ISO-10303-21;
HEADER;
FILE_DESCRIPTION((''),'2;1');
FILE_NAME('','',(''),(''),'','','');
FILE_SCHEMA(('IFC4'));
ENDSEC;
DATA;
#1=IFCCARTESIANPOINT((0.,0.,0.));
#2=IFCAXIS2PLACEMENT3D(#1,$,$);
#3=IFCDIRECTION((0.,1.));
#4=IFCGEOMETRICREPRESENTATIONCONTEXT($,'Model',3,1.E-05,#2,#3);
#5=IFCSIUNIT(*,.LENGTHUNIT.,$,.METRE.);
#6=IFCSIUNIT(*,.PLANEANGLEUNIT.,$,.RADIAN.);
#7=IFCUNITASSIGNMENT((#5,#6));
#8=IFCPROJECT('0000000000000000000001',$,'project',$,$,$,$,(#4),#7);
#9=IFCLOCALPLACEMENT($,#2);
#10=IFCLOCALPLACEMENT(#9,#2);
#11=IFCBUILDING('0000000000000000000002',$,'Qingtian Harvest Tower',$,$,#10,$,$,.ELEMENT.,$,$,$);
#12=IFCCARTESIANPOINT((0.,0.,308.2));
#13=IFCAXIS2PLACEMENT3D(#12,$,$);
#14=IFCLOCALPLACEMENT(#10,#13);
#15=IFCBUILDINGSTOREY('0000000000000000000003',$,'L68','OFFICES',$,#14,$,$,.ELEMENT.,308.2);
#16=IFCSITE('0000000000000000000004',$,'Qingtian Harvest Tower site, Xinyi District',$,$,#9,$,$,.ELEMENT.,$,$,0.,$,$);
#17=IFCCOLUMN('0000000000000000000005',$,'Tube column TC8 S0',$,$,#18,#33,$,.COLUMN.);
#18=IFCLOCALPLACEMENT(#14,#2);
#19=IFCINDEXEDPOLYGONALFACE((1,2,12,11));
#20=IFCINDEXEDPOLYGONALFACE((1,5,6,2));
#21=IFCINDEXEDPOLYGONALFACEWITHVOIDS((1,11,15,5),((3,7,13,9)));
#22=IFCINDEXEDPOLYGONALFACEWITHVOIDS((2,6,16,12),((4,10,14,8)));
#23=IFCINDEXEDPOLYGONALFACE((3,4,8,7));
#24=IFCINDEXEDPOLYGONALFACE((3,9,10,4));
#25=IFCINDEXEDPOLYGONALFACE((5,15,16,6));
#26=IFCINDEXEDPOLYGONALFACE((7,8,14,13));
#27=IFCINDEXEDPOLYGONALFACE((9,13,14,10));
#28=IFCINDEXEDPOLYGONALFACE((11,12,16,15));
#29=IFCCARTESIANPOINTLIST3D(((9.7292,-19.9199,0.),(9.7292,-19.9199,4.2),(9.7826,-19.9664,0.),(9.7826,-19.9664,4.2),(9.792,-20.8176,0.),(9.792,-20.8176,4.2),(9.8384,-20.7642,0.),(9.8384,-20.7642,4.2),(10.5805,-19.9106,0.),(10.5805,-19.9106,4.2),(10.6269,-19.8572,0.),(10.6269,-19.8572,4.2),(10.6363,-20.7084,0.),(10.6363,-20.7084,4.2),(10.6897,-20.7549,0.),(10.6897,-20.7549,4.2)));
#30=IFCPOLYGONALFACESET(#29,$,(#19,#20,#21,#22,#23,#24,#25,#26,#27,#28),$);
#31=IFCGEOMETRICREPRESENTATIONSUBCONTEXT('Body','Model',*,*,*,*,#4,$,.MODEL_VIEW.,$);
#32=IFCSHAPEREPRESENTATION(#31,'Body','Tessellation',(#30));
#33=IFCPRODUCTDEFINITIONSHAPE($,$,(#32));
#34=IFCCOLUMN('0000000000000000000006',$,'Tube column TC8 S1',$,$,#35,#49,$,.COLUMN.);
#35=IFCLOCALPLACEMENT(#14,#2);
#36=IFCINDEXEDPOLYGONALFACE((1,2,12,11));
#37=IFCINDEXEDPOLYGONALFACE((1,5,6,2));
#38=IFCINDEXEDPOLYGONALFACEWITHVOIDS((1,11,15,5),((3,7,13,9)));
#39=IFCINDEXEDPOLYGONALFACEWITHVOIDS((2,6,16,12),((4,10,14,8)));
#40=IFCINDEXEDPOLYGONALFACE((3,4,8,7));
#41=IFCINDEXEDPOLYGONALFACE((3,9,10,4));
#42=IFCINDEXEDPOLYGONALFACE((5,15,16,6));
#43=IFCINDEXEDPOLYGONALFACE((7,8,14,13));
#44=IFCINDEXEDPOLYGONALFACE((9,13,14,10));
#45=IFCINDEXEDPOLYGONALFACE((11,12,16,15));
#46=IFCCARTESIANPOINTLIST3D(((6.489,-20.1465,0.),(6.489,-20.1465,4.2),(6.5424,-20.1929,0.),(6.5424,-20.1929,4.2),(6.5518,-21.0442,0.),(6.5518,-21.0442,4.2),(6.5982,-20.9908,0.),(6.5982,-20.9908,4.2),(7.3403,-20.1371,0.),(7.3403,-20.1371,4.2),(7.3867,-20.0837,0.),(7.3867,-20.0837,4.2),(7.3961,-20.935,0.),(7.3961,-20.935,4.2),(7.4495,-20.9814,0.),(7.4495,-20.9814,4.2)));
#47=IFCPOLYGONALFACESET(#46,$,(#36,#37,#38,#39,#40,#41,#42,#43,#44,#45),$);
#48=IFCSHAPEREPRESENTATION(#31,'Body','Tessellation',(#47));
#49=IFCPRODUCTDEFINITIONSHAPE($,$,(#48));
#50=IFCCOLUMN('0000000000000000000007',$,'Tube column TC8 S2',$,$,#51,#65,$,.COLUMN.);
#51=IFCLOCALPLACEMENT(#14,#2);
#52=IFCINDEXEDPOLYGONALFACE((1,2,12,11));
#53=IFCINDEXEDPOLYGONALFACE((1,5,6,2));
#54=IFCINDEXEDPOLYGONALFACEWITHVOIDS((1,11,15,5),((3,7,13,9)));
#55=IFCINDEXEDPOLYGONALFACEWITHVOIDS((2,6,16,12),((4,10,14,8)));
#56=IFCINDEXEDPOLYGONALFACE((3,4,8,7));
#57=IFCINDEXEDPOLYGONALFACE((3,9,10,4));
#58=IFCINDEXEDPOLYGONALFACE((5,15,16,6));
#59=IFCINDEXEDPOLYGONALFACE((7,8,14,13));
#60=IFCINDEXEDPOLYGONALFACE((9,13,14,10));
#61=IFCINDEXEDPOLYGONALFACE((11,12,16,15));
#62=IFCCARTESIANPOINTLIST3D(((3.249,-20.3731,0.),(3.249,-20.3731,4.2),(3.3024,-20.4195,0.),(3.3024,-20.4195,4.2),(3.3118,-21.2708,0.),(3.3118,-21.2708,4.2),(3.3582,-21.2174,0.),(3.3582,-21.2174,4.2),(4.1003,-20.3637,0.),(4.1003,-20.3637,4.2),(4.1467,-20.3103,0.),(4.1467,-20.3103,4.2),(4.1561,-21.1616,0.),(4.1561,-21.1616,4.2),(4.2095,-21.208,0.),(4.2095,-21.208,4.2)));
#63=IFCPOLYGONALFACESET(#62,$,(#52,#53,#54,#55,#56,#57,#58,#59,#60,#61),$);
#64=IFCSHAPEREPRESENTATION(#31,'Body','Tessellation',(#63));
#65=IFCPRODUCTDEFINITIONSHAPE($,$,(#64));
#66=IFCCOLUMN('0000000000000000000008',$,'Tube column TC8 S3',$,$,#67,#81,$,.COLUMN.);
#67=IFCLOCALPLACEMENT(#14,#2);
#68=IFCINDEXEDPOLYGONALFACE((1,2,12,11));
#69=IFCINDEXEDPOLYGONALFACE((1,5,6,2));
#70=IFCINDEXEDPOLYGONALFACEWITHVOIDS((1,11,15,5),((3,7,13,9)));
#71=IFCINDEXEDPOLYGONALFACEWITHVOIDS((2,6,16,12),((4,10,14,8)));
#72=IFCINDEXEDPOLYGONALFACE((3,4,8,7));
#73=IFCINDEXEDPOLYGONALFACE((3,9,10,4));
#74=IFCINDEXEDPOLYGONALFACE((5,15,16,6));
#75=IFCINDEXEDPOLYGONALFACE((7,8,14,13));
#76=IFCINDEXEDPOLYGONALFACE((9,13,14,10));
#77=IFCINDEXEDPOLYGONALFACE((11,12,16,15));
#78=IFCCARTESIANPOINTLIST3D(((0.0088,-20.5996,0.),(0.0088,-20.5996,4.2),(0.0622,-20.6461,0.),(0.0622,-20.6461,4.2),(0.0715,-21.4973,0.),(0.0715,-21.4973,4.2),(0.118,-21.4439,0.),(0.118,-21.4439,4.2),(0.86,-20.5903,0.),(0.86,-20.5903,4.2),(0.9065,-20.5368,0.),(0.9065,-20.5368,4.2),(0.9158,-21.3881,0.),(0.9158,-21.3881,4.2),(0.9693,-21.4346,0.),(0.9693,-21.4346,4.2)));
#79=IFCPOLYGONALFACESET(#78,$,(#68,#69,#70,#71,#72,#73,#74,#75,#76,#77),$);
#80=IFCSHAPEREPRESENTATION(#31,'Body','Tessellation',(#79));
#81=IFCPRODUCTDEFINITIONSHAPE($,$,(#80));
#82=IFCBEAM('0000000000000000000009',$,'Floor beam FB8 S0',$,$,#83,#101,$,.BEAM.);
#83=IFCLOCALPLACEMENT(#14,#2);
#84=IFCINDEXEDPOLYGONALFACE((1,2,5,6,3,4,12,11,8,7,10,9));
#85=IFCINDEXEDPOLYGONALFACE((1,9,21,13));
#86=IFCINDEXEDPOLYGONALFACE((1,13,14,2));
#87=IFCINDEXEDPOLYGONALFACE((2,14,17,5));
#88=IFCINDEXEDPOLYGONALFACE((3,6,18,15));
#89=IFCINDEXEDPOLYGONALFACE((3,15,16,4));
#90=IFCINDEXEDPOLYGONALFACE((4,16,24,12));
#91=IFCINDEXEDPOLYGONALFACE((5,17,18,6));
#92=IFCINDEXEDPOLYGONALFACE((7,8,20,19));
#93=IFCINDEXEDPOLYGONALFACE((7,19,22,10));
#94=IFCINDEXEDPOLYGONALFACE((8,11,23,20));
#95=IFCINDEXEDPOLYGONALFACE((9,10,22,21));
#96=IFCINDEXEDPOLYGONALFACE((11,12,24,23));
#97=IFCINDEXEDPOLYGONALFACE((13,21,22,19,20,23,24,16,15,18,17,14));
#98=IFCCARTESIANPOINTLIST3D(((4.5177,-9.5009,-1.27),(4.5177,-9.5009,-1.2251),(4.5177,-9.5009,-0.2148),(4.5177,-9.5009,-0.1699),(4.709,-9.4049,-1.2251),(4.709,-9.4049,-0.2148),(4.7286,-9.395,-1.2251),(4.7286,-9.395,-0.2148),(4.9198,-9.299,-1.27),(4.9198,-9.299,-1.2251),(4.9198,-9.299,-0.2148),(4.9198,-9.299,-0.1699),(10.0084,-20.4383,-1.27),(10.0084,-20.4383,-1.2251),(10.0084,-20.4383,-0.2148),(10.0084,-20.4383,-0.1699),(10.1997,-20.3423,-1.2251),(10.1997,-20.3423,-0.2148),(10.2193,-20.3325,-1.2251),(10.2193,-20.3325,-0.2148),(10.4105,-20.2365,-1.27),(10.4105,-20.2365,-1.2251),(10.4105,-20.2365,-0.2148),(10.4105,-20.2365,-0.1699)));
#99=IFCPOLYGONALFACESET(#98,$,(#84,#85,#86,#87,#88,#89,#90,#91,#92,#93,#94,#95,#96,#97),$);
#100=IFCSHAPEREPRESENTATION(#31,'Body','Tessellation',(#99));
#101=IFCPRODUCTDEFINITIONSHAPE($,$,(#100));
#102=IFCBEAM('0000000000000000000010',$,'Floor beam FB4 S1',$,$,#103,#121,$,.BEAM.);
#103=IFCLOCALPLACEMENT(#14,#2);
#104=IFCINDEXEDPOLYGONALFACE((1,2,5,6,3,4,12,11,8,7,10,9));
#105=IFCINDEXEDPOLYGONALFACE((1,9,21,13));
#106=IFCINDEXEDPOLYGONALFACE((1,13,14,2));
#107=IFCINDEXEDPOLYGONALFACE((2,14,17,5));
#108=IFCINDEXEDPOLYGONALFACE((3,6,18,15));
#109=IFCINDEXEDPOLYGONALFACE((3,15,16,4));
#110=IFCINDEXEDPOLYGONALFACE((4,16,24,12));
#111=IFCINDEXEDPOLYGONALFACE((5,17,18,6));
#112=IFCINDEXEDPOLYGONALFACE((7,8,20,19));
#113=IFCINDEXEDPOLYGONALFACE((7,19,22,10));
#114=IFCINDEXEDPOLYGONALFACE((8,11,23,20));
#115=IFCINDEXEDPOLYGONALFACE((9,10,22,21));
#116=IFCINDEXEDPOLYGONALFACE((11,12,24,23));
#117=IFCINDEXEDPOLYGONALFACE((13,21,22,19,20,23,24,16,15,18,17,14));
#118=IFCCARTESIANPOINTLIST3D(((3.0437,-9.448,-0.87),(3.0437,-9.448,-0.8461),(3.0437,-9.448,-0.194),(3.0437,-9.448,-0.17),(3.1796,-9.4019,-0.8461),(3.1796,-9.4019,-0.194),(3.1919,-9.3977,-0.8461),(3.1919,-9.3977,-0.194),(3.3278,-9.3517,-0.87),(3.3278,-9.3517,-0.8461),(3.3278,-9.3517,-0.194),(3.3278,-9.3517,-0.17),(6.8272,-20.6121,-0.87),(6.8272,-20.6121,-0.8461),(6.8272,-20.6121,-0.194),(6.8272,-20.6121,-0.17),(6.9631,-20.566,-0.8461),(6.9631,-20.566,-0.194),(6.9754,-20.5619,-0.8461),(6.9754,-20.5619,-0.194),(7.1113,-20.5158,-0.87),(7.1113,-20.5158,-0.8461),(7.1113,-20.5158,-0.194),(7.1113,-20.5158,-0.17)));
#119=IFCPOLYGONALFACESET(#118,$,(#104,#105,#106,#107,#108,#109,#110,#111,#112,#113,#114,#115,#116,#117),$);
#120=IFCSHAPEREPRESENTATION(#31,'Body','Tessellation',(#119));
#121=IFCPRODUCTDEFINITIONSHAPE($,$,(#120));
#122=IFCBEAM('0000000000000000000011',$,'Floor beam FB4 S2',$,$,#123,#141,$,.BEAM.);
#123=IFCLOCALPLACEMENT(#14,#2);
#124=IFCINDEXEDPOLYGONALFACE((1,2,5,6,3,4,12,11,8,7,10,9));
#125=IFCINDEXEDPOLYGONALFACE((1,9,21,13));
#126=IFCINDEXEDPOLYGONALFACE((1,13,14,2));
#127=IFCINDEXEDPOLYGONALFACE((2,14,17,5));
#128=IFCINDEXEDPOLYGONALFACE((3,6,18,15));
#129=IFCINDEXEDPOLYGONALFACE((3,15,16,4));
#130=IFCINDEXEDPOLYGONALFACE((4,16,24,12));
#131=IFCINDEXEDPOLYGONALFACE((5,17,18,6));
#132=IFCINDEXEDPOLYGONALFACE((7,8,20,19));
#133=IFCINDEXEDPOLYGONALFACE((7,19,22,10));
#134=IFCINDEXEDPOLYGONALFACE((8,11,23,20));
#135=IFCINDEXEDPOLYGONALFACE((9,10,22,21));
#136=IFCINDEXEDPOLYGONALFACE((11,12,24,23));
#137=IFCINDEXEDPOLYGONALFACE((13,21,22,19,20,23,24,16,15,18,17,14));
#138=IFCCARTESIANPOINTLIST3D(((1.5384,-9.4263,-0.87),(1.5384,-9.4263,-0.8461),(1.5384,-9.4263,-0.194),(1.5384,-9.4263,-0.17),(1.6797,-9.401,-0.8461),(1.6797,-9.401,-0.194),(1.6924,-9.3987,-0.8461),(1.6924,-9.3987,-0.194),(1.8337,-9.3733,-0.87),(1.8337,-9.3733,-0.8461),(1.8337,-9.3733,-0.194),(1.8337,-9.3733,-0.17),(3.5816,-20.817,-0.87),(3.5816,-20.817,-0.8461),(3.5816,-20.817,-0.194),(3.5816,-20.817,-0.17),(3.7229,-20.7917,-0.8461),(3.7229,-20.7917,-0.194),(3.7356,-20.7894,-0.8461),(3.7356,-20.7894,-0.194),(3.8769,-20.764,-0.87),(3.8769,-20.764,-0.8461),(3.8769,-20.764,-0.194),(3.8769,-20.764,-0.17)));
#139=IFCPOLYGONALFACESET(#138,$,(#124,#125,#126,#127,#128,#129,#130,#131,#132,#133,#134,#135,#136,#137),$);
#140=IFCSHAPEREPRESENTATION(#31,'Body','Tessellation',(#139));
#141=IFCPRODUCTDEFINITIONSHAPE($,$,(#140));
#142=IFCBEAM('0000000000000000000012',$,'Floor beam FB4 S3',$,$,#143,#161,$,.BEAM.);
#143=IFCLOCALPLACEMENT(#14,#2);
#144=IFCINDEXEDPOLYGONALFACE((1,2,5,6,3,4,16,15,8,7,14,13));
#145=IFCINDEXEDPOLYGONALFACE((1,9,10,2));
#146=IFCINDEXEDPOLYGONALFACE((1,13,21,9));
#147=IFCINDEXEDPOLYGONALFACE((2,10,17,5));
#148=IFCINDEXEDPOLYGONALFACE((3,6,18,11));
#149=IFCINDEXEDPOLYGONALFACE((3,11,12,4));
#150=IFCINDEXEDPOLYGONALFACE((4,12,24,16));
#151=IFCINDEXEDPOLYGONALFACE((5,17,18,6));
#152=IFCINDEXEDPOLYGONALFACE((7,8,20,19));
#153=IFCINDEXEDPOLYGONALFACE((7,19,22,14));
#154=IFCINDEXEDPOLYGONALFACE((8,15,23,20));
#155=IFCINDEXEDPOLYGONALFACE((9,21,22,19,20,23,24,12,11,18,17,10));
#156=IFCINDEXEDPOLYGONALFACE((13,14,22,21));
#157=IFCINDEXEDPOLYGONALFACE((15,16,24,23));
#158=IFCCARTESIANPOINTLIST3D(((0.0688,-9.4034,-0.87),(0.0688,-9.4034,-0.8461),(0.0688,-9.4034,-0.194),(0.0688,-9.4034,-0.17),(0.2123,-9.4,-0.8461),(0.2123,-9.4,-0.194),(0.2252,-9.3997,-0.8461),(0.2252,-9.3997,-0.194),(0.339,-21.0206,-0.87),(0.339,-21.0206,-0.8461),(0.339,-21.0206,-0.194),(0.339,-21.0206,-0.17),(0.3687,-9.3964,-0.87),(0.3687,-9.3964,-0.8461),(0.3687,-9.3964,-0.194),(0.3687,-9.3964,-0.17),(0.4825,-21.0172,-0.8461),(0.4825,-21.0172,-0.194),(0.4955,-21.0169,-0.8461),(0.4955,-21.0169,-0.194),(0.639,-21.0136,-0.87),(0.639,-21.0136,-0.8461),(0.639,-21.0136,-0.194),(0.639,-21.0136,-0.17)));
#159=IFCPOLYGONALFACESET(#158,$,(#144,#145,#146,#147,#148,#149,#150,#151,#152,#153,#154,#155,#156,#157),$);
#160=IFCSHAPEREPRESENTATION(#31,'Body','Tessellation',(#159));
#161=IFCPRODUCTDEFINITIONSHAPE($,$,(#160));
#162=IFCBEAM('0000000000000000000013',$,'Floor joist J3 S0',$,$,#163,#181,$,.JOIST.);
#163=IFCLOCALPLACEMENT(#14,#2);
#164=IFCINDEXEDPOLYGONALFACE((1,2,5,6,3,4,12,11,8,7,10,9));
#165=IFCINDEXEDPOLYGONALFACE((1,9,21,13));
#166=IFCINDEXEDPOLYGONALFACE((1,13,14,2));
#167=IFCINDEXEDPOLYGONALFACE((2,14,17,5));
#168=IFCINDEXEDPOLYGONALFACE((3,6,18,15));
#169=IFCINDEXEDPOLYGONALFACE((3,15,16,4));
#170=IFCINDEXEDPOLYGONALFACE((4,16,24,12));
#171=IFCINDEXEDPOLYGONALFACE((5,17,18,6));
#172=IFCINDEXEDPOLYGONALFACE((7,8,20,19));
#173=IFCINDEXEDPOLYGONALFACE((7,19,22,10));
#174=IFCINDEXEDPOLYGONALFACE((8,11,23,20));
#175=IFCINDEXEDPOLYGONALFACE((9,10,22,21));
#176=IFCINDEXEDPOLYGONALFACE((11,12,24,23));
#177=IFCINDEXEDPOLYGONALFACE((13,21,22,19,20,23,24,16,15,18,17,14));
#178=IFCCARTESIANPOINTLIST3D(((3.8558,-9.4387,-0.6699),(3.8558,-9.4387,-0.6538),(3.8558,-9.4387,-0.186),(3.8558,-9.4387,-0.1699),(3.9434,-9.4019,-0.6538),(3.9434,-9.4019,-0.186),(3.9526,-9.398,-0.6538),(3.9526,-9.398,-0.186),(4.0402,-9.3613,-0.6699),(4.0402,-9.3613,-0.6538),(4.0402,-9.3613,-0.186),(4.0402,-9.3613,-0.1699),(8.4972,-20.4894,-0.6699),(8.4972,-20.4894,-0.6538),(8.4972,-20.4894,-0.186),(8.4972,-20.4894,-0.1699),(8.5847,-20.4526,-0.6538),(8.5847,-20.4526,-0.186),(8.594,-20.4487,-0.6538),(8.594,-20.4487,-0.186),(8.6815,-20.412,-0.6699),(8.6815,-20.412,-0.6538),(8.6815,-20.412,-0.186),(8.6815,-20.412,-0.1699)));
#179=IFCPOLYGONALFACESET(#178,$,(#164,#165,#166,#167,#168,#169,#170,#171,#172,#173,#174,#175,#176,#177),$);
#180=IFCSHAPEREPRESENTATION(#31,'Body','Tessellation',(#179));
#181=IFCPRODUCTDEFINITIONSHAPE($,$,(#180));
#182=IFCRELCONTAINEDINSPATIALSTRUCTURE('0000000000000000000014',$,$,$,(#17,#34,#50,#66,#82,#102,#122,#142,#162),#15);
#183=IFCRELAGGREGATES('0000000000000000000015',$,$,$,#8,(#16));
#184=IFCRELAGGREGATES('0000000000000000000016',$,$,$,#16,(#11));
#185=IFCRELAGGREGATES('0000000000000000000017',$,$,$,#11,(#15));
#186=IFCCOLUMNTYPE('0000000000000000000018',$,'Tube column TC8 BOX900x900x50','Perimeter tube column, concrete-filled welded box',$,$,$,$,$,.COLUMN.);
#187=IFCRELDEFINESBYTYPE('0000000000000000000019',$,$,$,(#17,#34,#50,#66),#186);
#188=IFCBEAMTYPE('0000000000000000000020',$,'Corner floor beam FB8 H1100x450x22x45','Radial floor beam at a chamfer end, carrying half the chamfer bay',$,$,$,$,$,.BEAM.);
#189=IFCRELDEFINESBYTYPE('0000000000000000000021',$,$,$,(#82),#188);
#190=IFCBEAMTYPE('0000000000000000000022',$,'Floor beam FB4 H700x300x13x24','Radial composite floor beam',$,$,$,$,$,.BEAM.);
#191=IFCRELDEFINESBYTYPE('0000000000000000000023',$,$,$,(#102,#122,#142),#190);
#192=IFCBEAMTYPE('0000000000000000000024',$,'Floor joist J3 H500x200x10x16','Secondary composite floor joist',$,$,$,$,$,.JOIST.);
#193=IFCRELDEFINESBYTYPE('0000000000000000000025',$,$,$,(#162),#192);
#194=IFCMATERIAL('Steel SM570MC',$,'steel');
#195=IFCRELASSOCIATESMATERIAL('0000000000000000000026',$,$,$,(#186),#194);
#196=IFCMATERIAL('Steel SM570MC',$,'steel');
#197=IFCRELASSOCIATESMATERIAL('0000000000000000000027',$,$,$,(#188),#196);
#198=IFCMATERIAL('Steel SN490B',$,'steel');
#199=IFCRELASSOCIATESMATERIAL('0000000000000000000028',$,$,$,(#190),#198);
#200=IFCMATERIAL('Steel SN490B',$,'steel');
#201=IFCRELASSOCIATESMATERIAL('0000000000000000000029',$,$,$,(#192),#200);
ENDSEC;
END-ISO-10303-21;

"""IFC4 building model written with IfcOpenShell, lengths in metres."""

from ifc_helpers import new_model, si_unit, direction, frame, origin, origin_2d, place, context, subcontext, project, spatial, hollow_rectangle, i_section, extrude, material, material_profile, profile_set, type_object, element, save


model = new_model("IFC4")

# Units and contexts
model_context = context("Model", 3, precision=1e-05, world=origin(), true_north=direction((0.0, 1.0)))
body_context = subcontext(model_context, "Body", "Model", "MODEL_VIEW")
ifc_project = project(units=[si_unit("LENGTHUNIT", "METRE"), si_unit("PLANEANGLEUNIT", "RADIAN")], contexts=[model_context])

# Site, building, storey
site_placement = place(None, origin())
site = spatial("IfcSite", under=ifc_project, at=site_placement, Name="Qingtian Harvest Tower site, Xinyi District", CompositionType="ELEMENT", RefElevation=0.0)
building_placement = place(site_placement, origin())
building = spatial("IfcBuilding", under=site, at=building_placement, Name="Qingtian Harvest Tower", CompositionType="ELEMENT")
storey_placement = place(building_placement, frame((0.0, 0.0, 308.2)))
storey = spatial("IfcBuildingStorey", under=building, at=storey_placement, Name="L68", Description="OFFICES", CompositionType="ELEMENT", Elevation=308.2)

# Columns
ifc_material_1 = material(Name="Steel SM570MC", Category="steel")
ifc_material_profile_1 = material_profile(ifc_material_1, hollow_rectangle(XDim=0.8999, YDim=0.8999, WallThickness=0.05, at=origin_2d()), Name="BOX900x900x50")
ifc_profile_set_1 = profile_set([ifc_material_profile_1], Name="Steel SM570MC")
column_type = type_object("IfcColumnType", Name="Tube column TC8 BOX900x900x50", Description="Perimeter tube column, concrete-filled welded box", PredefinedType="COLUMN", material=ifc_profile_set_1)
for number, where, z_axis, x_axis, name in (
    (1, (10.2095, -20.3374, 0.0), (0.0, 0.0, 1.0), (0.997564, 0.069756, 0.0), "Tube column TC8 S0"),
    (2, (6.9692, -20.564, 0.0), (0.0, 0.0, 1.0), (0.997564, 0.069756, 0.0), "Tube column TC8 S1"),
    (3, (3.7292, -20.7905, 0.0), (0.0, 0.0, 1.0), (0.997564, 0.069756, 0.0), "Tube column TC8 S2"),
    (4, (0.489, -21.0171, 0.0), (0.0, 0.0, 1.0), (0.997564, 0.069756, 0.0), "Tube column TC8 S3"),
):
    element("IfcColumn", number, at=place(storey_placement, frame(where, z_axis=z_axis, x_axis=x_axis)), inside=storey, type_object=column_type, Name=name, PredefinedType="COLUMN", context=body_context, shape_type="SweptSolid", body=[
        extrude(hollow_rectangle(XDim=0.8999, YDim=0.8999, WallThickness=0.05, at=origin_2d()), origin(), (0.0, 0.0, 1.0), 4.2),
    ])

# Beams
ifc_material_2 = material(Name="Steel SM570MC", Category="steel")
ifc_material_profile_2 = material_profile(ifc_material_2, i_section(OverallWidth=0.45, OverallDepth=1.1001, WebThickness=0.022, FlangeThickness=0.0449, at=origin_2d()), Name="H1100x450x22x45")
ifc_profile_set_2 = profile_set([ifc_material_profile_2], Name="Steel SM570MC")
beam_type_1 = type_object("IfcBeamType", Name="Corner floor beam FB8 H1100x450x22x45", Description="Radial floor beam at a chamfer end, carrying half the chamfer bay", PredefinedType="BEAM", material=ifc_profile_set_2)
beam_1_placement = place(storey_placement, frame((10.2095, -20.3374, -0.72), z_axis=(-0.448649, 0.893708, 0.0), x_axis=(-0.893708, -0.448649, 0.0)))
element("IfcBeam", 5, at=beam_1_placement, inside=storey, type_object=beam_type_1, Name="Floor beam FB8 S0", PredefinedType="BEAM", context=body_context, shape_type="SweptSolid", body=[
    extrude(i_section(OverallWidth=0.45, OverallDepth=1.1001, WebThickness=0.022, FlangeThickness=0.0449, at=origin_2d()), origin(), (0.0, 0.0, 1.0), 12.2383),
])
ifc_material_3 = material(Name="Steel SN490B", Category="steel")
ifc_material_profile_3 = material_profile(ifc_material_3, i_section(OverallWidth=0.3, OverallDepth=0.7, WebThickness=0.0129, FlangeThickness=0.0239, at=origin_2d()), Name="H700x300x13x24")
ifc_profile_set_3 = profile_set([ifc_material_profile_3], Name="Steel SN490B")
beam_type_2 = type_object("IfcBeamType", Name="Floor beam FB4 H700x300x13x24", Description="Radial composite floor beam", PredefinedType="BEAM", material=ifc_profile_set_3)
beam_2_placement = place(storey_placement, frame((6.9692, -20.564, -0.52), z_axis=(-0.320965, 0.947091, 0.0), x_axis=(-0.947091, -0.320965, 0.0)))
element("IfcBeam", 6, at=beam_2_placement, inside=storey, type_object=beam_type_2, Name="Floor beam FB4 S1", PredefinedType="BEAM", context=body_context, shape_type="SweptSolid", body=[
    extrude(i_section(OverallWidth=0.3, OverallDepth=0.7, WebThickness=0.0129, FlangeThickness=0.0239, at=origin_2d()), origin(), (0.0, 0.0, 1.0), 11.7878),
])
beam_3_placement = place(storey_placement, frame((3.7292, -20.7905, -0.52), z_axis=(-0.176559, 0.98429, 0.0), x_axis=(-0.98429, -0.176559, 0.0)))
element("IfcBeam", 7, at=beam_3_placement, inside=storey, type_object=beam_type_2, Name="Floor beam FB4 S2", PredefinedType="BEAM", context=body_context, shape_type="SweptSolid", body=[
    extrude(i_section(OverallWidth=0.3, OverallDepth=0.7, WebThickness=0.0129, FlangeThickness=0.0239, at=origin_2d()), origin(), (0.0, 0.0, 1.0), 11.5725),
])
beam_4_placement = place(storey_placement, frame((0.489, -21.0171, -0.52), z_axis=(-0.023258, 0.99973, 0.0), x_axis=(-0.99973, -0.023258, 0.0)))
element("IfcBeam", 8, at=beam_4_placement, inside=storey, type_object=beam_type_2, Name="Floor beam FB4 S3", PredefinedType="BEAM", context=body_context, shape_type="SweptSolid", body=[
    extrude(i_section(OverallWidth=0.3, OverallDepth=0.7, WebThickness=0.0129, FlangeThickness=0.0239, at=origin_2d()), origin(), (0.0, 0.0, 1.0), 11.6204),
])
ifc_material_4 = material(Name="Steel SN490B", Category="steel")
ifc_material_profile_4 = material_profile(ifc_material_4, i_section(OverallWidth=0.2, OverallDepth=0.5, WebThickness=0.01, FlangeThickness=0.0161, at=origin_2d()), Name="H500x200x10x16")
ifc_profile_set_4 = profile_set([ifc_material_profile_4], Name="Steel SN490B")
beam_type_3 = type_object("IfcBeamType", Name="Floor joist J3 H500x200x10x16", Description="Secondary composite floor joist", PredefinedType="JOIST", material=ifc_profile_set_4)
beam_5_placement = place(storey_placement, frame((8.5894, -20.4507, -0.4199), z_axis=(-0.387235, 0.921981, 0.0), x_axis=(-0.921981, -0.387235, 0.0)))
element("IfcBeam", 9, at=beam_5_placement, inside=storey, type_object=beam_type_3, Name="Floor joist J3 S0", PredefinedType="JOIST", context=body_context, shape_type="SweptSolid", body=[
    extrude(i_section(OverallWidth=0.2, OverallDepth=0.5, WebThickness=0.01, FlangeThickness=0.0161, at=origin_2d()), origin(), (0.0, 0.0, 1.0), 11.9858),
])

save(model, "model.ifc")
